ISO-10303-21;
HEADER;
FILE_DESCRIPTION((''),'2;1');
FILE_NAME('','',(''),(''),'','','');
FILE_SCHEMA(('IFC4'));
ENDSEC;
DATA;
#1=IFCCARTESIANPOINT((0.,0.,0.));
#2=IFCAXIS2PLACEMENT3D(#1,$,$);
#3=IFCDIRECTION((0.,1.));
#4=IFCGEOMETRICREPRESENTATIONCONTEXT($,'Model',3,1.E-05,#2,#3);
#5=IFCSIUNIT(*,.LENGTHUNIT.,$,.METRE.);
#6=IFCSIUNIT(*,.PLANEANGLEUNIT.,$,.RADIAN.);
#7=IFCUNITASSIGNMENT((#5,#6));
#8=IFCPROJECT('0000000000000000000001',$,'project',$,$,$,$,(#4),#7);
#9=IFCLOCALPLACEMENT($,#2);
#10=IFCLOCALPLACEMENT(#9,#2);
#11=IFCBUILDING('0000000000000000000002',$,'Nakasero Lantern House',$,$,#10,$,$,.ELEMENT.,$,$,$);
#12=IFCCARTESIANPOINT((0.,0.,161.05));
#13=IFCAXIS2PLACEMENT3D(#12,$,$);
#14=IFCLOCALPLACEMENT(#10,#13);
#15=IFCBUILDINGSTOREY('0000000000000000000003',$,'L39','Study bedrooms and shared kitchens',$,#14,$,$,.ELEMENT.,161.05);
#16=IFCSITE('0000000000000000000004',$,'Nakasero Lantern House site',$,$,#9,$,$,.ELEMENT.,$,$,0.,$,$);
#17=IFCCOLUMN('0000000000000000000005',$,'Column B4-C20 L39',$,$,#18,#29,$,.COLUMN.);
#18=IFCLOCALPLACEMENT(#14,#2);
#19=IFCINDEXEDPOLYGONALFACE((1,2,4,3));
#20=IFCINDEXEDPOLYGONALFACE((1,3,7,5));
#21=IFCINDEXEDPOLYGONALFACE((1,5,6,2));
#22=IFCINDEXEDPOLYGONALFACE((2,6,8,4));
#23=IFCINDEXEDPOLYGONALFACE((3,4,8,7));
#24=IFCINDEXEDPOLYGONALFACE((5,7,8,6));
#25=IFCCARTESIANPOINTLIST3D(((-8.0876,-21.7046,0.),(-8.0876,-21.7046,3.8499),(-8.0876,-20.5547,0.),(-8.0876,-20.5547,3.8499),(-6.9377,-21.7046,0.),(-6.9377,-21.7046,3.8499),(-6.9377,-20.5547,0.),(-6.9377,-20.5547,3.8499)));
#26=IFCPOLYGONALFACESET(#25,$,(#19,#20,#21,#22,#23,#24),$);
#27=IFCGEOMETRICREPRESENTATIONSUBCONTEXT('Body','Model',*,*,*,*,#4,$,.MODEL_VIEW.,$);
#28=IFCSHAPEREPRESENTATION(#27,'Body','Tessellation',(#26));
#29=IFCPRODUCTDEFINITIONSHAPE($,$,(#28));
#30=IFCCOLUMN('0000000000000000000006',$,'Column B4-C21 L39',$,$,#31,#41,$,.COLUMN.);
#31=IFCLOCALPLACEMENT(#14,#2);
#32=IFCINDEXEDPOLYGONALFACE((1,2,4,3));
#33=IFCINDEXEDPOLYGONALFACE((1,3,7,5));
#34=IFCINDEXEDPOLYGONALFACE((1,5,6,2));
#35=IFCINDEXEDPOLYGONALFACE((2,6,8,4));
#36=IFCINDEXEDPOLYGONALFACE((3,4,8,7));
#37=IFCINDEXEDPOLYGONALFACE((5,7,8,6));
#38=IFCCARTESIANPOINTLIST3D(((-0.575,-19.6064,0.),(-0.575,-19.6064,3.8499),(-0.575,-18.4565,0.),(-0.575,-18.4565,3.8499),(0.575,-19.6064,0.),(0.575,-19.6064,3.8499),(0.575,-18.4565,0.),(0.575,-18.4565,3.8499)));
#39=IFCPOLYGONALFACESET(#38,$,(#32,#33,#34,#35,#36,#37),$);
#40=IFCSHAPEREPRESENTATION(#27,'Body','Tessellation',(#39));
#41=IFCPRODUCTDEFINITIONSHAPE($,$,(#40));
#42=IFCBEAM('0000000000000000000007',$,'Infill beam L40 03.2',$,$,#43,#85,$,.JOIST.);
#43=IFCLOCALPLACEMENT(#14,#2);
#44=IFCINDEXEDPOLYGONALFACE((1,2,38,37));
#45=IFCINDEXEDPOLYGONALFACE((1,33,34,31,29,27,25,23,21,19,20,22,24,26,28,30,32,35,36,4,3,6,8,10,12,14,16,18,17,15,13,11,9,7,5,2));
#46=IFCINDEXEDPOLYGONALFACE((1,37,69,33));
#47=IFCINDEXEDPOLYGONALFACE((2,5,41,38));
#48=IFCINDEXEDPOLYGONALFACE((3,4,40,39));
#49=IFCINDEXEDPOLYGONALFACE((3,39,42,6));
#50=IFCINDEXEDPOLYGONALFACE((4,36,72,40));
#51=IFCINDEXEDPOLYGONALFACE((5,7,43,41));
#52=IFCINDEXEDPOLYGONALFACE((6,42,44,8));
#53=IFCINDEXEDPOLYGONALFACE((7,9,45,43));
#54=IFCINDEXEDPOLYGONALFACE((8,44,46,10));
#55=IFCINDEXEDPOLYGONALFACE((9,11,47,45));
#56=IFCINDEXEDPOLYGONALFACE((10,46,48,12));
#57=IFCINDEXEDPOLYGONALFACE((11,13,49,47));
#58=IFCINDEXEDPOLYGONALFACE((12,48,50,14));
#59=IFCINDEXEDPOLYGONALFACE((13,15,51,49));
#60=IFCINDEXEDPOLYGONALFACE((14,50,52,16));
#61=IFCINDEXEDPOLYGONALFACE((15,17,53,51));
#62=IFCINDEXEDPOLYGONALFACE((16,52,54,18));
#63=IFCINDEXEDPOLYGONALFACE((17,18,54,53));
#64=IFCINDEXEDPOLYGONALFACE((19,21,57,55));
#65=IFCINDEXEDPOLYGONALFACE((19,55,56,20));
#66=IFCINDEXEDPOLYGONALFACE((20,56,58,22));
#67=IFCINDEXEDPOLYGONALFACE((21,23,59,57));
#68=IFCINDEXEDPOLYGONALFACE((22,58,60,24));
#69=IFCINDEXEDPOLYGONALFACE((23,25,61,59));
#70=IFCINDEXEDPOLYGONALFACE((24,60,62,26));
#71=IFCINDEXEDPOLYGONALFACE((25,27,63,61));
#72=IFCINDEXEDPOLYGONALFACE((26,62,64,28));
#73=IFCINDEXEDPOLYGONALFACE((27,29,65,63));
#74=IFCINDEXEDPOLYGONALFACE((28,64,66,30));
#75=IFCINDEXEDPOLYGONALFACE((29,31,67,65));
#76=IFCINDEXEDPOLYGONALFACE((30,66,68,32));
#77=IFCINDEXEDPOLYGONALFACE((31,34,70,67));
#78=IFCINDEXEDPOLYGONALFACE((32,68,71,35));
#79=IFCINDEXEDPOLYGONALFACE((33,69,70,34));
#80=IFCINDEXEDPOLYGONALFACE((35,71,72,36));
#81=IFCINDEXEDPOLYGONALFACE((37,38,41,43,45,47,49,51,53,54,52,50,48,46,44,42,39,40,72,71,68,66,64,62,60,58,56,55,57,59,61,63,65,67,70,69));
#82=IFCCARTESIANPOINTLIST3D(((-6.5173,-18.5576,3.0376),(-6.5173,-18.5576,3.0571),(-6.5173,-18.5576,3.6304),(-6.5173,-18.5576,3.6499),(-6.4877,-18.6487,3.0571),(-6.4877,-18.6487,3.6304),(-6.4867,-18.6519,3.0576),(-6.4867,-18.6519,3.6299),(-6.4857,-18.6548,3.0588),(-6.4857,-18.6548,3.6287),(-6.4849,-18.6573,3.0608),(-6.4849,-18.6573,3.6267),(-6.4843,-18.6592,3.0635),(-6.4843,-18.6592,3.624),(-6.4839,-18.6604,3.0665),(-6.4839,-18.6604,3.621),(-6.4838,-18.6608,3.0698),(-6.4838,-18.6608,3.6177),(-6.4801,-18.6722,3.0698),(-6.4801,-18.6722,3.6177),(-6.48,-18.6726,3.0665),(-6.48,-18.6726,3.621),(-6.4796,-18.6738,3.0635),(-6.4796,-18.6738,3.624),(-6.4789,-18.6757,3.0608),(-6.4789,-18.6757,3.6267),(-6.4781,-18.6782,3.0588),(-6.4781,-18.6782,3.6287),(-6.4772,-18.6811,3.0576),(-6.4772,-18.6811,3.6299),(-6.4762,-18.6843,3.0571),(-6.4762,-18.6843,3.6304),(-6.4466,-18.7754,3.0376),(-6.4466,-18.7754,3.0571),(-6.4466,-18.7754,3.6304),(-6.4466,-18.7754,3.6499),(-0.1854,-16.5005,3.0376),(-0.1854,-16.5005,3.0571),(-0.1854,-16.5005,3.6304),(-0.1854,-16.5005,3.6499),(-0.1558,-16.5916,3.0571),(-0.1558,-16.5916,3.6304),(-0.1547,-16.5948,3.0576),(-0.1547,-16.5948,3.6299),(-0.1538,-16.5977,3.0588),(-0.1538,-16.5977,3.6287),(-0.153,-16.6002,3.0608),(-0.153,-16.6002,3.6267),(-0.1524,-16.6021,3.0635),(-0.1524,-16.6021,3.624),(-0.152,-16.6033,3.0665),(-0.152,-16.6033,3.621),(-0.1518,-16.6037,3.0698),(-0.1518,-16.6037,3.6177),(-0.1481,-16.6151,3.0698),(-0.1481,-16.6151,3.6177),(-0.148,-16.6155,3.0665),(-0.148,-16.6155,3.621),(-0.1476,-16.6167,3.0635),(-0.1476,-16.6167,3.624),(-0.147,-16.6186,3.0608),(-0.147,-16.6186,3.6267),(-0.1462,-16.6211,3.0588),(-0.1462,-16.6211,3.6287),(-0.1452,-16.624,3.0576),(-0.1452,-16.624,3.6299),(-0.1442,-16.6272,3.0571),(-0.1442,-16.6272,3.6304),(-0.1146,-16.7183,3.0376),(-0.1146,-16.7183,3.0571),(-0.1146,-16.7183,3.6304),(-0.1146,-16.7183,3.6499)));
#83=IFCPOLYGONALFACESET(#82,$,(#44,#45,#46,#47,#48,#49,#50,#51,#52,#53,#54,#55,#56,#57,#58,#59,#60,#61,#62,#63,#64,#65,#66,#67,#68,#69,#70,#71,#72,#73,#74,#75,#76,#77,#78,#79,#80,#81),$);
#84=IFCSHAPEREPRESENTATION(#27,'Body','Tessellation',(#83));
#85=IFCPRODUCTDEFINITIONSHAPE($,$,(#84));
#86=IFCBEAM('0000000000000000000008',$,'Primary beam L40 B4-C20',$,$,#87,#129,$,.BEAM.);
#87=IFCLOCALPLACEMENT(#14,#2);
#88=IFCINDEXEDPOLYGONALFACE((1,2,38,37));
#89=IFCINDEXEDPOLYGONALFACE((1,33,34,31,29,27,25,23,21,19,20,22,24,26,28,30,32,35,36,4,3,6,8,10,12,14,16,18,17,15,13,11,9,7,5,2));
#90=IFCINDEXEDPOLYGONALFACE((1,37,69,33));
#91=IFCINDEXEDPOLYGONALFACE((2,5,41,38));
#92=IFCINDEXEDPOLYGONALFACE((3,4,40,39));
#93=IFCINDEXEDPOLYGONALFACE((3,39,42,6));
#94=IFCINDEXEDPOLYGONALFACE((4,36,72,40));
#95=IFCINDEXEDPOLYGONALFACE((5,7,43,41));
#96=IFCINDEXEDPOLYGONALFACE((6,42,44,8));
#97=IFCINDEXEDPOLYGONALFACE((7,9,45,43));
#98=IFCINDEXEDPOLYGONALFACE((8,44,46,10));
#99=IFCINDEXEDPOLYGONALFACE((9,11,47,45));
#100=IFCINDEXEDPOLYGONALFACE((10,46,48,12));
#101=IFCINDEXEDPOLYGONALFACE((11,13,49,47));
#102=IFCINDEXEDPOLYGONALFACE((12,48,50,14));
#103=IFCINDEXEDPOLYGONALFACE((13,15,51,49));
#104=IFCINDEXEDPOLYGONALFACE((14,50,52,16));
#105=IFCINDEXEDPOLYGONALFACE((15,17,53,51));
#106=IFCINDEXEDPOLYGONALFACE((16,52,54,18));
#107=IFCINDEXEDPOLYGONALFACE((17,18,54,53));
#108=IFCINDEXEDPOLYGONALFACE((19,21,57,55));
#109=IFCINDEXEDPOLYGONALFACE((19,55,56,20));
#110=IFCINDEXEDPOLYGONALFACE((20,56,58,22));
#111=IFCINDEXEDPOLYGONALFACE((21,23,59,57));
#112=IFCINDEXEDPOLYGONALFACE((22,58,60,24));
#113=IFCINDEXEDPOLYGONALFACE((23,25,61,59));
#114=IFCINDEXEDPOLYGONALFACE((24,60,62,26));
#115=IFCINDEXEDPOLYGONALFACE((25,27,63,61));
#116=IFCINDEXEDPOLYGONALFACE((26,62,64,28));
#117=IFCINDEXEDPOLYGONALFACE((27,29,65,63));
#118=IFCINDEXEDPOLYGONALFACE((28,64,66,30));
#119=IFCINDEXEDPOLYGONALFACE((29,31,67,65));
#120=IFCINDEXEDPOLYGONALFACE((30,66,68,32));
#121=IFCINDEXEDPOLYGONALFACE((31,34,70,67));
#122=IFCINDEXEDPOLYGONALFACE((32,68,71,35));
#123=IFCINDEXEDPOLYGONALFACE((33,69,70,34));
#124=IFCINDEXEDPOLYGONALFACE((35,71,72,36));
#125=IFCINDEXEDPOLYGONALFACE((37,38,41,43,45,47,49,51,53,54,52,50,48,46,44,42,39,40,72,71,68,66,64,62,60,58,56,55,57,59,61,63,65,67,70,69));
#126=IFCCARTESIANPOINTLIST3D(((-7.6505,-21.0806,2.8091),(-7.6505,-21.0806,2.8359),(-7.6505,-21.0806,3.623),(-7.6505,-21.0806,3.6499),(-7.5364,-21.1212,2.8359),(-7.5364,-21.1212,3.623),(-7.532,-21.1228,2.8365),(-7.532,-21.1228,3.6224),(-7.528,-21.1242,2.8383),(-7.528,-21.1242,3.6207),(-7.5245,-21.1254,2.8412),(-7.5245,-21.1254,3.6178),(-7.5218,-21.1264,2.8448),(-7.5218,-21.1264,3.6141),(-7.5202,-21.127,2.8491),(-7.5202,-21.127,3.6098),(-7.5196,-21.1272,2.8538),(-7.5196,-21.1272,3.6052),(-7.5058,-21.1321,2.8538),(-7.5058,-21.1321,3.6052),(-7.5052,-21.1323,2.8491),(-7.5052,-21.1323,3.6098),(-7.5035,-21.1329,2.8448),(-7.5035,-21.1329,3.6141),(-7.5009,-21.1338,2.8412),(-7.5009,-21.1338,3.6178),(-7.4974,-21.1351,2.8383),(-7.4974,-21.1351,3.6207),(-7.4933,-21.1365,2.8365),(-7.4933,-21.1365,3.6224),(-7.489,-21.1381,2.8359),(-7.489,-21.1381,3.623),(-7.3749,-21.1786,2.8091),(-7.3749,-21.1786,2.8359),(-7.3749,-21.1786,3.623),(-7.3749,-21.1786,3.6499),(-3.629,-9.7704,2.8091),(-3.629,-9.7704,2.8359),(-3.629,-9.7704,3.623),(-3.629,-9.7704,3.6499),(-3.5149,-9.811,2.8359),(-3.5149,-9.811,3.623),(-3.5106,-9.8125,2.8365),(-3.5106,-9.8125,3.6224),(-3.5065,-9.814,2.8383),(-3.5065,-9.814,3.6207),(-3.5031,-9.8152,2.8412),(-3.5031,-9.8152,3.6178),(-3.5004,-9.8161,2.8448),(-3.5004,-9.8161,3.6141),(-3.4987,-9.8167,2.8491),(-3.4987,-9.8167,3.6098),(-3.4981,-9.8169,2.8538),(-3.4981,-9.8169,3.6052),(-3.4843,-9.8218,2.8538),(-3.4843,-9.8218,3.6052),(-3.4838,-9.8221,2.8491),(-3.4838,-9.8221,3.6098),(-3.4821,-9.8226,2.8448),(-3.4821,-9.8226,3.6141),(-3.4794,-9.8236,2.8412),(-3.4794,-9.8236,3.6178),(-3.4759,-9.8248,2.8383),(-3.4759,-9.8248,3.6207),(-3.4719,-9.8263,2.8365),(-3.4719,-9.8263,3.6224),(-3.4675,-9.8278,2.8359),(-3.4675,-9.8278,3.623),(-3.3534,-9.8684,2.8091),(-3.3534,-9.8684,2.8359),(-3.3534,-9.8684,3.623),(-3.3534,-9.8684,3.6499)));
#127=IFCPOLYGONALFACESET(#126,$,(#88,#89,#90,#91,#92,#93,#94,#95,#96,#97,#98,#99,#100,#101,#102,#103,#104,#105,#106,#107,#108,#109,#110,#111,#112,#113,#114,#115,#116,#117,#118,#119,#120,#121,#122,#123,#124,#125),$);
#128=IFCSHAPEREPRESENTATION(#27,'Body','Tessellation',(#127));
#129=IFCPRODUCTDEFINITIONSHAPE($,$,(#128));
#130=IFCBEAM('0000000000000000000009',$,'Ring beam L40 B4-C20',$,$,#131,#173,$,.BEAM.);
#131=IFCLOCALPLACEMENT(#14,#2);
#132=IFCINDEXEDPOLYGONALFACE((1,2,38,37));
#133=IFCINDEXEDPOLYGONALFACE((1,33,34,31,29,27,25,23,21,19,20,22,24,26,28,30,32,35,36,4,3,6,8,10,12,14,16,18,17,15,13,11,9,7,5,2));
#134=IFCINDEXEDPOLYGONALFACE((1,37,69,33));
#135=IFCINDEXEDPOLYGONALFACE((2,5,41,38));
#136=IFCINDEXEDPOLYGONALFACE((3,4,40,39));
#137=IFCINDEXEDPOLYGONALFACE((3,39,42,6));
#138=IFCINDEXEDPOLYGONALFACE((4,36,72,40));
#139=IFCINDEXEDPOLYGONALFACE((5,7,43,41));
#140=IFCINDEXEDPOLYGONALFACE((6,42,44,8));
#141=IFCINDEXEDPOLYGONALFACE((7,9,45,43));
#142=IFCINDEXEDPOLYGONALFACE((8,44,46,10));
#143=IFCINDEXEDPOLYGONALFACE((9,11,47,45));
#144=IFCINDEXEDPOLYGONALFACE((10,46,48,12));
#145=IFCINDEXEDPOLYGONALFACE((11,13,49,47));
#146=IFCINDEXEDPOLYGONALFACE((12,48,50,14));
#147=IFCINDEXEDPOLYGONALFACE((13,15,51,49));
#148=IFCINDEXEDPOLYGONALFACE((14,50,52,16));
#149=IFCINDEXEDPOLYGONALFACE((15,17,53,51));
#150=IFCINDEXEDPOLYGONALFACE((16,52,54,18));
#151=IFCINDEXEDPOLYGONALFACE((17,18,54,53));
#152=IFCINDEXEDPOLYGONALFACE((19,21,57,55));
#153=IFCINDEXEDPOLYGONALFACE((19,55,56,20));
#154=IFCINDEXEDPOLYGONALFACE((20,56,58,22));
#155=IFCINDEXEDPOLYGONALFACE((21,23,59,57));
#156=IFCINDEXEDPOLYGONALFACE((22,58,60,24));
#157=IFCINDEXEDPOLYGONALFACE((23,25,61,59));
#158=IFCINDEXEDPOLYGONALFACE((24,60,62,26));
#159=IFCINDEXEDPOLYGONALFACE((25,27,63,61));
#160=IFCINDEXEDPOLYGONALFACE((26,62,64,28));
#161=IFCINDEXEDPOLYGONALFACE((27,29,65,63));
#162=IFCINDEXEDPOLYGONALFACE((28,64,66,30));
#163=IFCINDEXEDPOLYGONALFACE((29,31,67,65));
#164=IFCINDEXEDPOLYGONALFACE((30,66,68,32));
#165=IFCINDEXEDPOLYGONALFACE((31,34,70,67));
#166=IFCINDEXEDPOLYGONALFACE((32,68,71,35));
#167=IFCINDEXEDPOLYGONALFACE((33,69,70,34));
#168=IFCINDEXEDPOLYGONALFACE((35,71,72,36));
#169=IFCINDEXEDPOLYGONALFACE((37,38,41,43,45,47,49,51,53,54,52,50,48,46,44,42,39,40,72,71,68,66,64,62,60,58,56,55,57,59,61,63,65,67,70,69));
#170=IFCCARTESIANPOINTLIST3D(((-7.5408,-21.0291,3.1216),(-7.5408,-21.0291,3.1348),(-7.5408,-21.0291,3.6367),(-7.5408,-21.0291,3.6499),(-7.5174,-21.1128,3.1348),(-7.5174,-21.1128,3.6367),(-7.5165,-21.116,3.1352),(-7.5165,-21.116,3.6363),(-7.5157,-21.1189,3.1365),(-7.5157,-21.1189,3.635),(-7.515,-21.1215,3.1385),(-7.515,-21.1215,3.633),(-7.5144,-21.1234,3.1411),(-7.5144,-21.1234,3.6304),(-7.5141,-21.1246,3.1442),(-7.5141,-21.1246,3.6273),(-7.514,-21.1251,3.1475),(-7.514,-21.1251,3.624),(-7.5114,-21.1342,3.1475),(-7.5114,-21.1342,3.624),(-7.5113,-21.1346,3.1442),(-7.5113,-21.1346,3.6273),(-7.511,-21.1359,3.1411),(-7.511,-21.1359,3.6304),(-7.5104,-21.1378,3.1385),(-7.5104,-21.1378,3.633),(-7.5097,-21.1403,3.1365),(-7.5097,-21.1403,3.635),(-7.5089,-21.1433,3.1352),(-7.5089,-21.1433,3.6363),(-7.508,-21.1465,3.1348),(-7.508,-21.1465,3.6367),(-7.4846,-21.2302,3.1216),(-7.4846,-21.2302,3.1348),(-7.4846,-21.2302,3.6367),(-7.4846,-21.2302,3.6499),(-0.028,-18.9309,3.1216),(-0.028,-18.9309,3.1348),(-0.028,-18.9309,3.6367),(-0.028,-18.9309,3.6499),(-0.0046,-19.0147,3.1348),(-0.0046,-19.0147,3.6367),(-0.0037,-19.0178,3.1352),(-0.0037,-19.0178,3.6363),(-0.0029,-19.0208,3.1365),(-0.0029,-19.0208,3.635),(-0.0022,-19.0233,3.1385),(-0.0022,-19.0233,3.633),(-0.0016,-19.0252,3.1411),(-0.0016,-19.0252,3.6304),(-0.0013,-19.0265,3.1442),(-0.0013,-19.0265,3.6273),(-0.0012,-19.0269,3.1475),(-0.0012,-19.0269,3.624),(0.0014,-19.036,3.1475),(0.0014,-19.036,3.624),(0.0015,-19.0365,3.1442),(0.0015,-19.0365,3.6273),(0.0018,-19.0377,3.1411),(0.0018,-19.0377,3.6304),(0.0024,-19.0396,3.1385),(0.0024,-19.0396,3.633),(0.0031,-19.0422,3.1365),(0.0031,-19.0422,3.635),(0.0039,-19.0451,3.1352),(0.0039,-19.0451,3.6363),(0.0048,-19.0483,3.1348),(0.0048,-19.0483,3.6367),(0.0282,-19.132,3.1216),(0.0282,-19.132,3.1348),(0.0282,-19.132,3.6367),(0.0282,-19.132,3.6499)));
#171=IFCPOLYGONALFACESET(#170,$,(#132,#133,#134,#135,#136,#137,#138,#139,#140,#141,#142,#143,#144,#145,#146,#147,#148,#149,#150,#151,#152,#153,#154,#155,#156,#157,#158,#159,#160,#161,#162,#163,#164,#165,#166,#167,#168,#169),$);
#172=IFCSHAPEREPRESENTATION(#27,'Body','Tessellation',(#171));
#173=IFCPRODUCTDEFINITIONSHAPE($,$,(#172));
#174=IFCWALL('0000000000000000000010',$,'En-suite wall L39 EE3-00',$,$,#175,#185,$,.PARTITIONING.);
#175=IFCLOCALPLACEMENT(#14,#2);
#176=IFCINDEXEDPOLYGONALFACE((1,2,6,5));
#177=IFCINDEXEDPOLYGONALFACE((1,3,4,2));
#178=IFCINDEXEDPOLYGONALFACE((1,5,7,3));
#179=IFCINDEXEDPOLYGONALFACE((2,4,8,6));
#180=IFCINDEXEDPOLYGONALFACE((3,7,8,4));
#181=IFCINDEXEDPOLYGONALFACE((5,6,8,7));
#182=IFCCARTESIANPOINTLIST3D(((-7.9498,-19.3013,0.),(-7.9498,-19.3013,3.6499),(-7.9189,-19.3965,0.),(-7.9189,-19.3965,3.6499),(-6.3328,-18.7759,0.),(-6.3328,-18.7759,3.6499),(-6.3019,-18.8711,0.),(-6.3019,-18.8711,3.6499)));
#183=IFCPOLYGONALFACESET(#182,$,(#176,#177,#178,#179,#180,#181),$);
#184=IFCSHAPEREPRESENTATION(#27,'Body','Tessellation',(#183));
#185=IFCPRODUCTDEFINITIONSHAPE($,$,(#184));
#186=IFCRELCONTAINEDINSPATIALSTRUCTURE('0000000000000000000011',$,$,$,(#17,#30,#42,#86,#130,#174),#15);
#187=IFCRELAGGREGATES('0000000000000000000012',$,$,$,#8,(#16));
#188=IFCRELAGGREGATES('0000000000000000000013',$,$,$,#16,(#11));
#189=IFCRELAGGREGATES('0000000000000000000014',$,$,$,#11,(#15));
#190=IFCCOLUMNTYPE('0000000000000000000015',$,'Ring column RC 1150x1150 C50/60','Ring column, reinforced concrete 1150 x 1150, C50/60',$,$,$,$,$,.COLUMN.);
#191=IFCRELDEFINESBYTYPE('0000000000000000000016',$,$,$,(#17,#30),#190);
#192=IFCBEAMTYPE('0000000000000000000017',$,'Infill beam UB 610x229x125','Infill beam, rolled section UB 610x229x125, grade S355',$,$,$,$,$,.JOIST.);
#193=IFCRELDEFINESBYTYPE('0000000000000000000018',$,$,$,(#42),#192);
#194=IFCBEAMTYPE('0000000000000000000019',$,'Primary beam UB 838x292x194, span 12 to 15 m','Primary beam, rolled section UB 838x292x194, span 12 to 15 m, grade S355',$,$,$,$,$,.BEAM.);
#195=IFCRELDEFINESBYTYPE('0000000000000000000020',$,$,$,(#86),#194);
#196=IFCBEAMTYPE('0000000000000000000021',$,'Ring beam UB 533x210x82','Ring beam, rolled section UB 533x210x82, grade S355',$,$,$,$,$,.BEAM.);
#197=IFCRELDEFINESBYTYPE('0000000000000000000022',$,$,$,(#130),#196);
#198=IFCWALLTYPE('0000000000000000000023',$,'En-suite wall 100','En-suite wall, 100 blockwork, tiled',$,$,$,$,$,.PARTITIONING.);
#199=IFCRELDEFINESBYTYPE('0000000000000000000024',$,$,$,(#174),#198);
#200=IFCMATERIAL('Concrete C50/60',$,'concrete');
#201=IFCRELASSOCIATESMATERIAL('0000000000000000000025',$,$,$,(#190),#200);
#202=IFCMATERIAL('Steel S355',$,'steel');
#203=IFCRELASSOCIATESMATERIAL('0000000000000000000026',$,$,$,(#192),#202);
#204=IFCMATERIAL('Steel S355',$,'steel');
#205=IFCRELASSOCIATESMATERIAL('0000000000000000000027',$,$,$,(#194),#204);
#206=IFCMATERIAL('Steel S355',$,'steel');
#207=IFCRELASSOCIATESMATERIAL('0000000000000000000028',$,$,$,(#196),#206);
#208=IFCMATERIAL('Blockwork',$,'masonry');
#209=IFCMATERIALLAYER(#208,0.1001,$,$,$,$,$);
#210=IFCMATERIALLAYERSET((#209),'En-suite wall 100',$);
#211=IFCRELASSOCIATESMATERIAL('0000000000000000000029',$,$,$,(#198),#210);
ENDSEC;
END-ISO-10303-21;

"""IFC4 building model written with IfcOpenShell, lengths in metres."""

from ifc_helpers import new_model, si_unit, direction, frame, frame_2d, origin, origin_2d, place, context, subcontext, project, spatial, rectangle, i_section, extrude, material, layer, layer_set, material_profile, profile_set, type_object, element, save


model = new_model("IFC4")

# Units and contexts
model_context = context("Model", 3, precision=1e-05, world=origin(), true_north=direction((0.0, 1.0)))
body_context = subcontext(model_context, "Body", "Model", "MODEL_VIEW")
ifc_project = project(units=[si_unit("LENGTHUNIT", "METRE"), si_unit("PLANEANGLEUNIT", "RADIAN")], contexts=[model_context])

# Site, building, storey
site_placement = place(None, origin())
site = spatial("IfcSite", under=ifc_project, at=site_placement, Name="Nakasero Lantern House site", CompositionType="ELEMENT", RefElevation=0.0)
building_placement = place(site_placement, origin())
building = spatial("IfcBuilding", under=site, at=building_placement, Name="Nakasero Lantern House", CompositionType="ELEMENT")
storey_placement = place(building_placement, frame((0.0, 0.0, 161.05)))
storey = spatial("IfcBuildingStorey", under=building, at=storey_placement, Name="L39", Description="Study bedrooms and shared kitchens", CompositionType="ELEMENT", Elevation=161.05)

# Columns
ifc_material_1 = material(Name="Concrete C50/60", Category="concrete")
ifc_material_profile_1 = material_profile(ifc_material_1, rectangle(XDim=1.1499, YDim=1.1499, at=origin_2d()), Name="RC 1150x1150")
ifc_profile_set_1 = profile_set([ifc_material_profile_1], Name="Concrete C50/60")
column_type = type_object("IfcColumnType", Name="Ring column RC 1150x1150 C50/60", Description="Ring column, reinforced concrete 1150 x 1150, C50/60", PredefinedType="COLUMN", material=ifc_profile_set_1)
for number, where, z_axis, x_axis, name in (
    (1, (-7.5127, -21.1296, 0.0), (0.0, 0.0, 1.0), (1.0, 0.0, 0.0), "Column B4-C20 L39"),
    (2, (0.0, -19.0315, 0.0), (0.0, 0.0, 1.0), (1.0, 0.0, 0.0), "Column B4-C21 L39"),
):
    element("IfcColumn", number, at=place(storey_placement, frame(where, z_axis=z_axis, x_axis=x_axis)), inside=storey, type_object=column_type, Name=name, PredefinedType="COLUMN", context=body_context, shape_type="SweptSolid", body=[
        extrude(rectangle(XDim=1.1499, YDim=1.1499, at=origin_2d()), origin(), (0.0, 0.0, 1.0), 3.8499),
    ])

# Beams
ifc_material_2 = material(Name="Steel S355", Category="steel")
ifc_material_profile_2 = material_profile(ifc_material_2, i_section(OverallWidth=0.229, OverallDepth=0.6123, WebThickness=0.012, FlangeThickness=0.0195, FilletRadius=0.0127, at=origin_2d()), Name="UB 610x229x125")
ifc_profile_set_2 = profile_set([ifc_material_profile_2], Name="Steel S355")
beam_type_1 = type_object("IfcBeamType", Name="Infill beam UB 610x229x125", Description="Infill beam, rolled section UB 610x229x125, grade S355", PredefinedType="JOIST", material=ifc_profile_set_2)
beam_1_placement = place(storey_placement, frame((-6.4819, -18.6665, 3.3438), z_axis=(0.951069, 0.30898, 0.0), x_axis=(-0.30898, 0.951069, 0.0)))
element("IfcBeam", 3, at=beam_1_placement, inside=storey, type_object=beam_type_1, Name="Infill beam L40 03.2", PredefinedType="JOIST", context=body_context, shape_type="SweptSolid", body=[
    extrude(i_section(OverallWidth=0.229, OverallDepth=0.6123, WebThickness=0.012, FlangeThickness=0.0195, FilletRadius=0.0127, at=origin_2d()), origin(), (0.0, 0.0, 1.0), 6.6577),
])
ifc_material_3 = material(Name="Steel S355", Category="steel")
ifc_material_profile_3 = material_profile(ifc_material_3, i_section(OverallWidth=0.2925, OverallDepth=0.8408, WebThickness=0.0146, FlangeThickness=0.0269, FilletRadius=0.0178, at=origin_2d()), Name="UB 838x292x194")
ifc_profile_set_3 = profile_set([ifc_material_profile_3], Name="Steel S355")
beam_type_2 = type_object("IfcBeamType", Name="Primary beam UB 838x292x194, span 12 to 15 m", Description="Primary beam, rolled section UB 838x292x194, span 12 to 15 m, grade S355", PredefinedType="BEAM", material=ifc_profile_set_3)
beam_2_placement = place(storey_placement, frame((-7.5127, -21.1296, 3.2295), z_axis=(0.335013, 0.942214, 0.0), x_axis=(-0.942214, 0.335013, 0.0)))
element("IfcBeam", 4, at=beam_2_placement, inside=storey, type_object=beam_type_2, Name="Primary beam L40 B4-C20", PredefinedType="BEAM", context=body_context, shape_type="SweptSolid", body=[
    extrude(i_section(OverallWidth=0.2925, OverallDepth=0.8408, WebThickness=0.0146, FlangeThickness=0.0269, FilletRadius=0.0178, at=origin_2d()), origin(), (0.0, 0.0, 1.0), 12.0039),
])
ifc_material_4 = material(Name="Steel S355", Category="steel")
ifc_material_profile_4 = material_profile(ifc_material_4, i_section(OverallWidth=0.2087, OverallDepth=0.5283, WebThickness=0.0095, FlangeThickness=0.0132, FilletRadius=0.0127, at=origin_2d()), Name="UB 533x210x82")
ifc_profile_set_4 = profile_set([ifc_material_profile_4], Name="Steel S355")
beam_type_3 = type_object("IfcBeamType", Name="Ring beam UB 533x210x82", Description="Ring beam, rolled section UB 533x210x82, grade S355", PredefinedType="BEAM", material=ifc_profile_set_4)
beam_3_placement = place(storey_placement, frame((-7.5127, -21.1296, 3.3857), z_axis=(0.963144, 0.268987, 0.0), x_axis=(-0.268987, 0.963144, 0.0)))
element("IfcBeam", 5, at=beam_3_placement, inside=storey, type_object=beam_type_3, Name="Ring beam L40 B4-C20", PredefinedType="BEAM", context=body_context, shape_type="SweptSolid", body=[
    extrude(i_section(OverallWidth=0.2087, OverallDepth=0.5283, WebThickness=0.0095, FlangeThickness=0.0132, FilletRadius=0.0127, at=origin_2d()), origin(), (0.0, 0.0, 1.0), 7.8003),
])

# Wall
ifc_material_5 = material(Name="Blockwork", Category="masonry")
ifc_layer_1 = layer(ifc_material_5, 0.1001)
ifc_layer_set_1 = layer_set([ifc_layer_1], Name="En-suite wall 100")
wall_type_1 = type_object("IfcWallType", Name="En-suite wall 100", Description="En-suite wall, 100 blockwork, tiled", PredefinedType="PARTITIONING", material=ifc_layer_set_1)
wall_1_placement = place(storey_placement, frame((-7.9343, -19.3489, 0.0), z_axis=(0.0, 0.0, 1.0), x_axis=(0.951054, 0.309024, 0.0)))
element("IfcWall", 6, at=wall_1_placement, inside=storey, type_object=wall_type_1, Name="En-suite wall L39 EE3-00", PredefinedType="PARTITIONING", context=body_context, shape_type="SweptSolid", body=[
    extrude(rectangle(XDim=1.7002, YDim=0.1001, at=frame_2d((0.8501, 0.0))), origin(), (0.0, 0.0, 1.0), 3.6499),
])

save(model, "model.ifc")
